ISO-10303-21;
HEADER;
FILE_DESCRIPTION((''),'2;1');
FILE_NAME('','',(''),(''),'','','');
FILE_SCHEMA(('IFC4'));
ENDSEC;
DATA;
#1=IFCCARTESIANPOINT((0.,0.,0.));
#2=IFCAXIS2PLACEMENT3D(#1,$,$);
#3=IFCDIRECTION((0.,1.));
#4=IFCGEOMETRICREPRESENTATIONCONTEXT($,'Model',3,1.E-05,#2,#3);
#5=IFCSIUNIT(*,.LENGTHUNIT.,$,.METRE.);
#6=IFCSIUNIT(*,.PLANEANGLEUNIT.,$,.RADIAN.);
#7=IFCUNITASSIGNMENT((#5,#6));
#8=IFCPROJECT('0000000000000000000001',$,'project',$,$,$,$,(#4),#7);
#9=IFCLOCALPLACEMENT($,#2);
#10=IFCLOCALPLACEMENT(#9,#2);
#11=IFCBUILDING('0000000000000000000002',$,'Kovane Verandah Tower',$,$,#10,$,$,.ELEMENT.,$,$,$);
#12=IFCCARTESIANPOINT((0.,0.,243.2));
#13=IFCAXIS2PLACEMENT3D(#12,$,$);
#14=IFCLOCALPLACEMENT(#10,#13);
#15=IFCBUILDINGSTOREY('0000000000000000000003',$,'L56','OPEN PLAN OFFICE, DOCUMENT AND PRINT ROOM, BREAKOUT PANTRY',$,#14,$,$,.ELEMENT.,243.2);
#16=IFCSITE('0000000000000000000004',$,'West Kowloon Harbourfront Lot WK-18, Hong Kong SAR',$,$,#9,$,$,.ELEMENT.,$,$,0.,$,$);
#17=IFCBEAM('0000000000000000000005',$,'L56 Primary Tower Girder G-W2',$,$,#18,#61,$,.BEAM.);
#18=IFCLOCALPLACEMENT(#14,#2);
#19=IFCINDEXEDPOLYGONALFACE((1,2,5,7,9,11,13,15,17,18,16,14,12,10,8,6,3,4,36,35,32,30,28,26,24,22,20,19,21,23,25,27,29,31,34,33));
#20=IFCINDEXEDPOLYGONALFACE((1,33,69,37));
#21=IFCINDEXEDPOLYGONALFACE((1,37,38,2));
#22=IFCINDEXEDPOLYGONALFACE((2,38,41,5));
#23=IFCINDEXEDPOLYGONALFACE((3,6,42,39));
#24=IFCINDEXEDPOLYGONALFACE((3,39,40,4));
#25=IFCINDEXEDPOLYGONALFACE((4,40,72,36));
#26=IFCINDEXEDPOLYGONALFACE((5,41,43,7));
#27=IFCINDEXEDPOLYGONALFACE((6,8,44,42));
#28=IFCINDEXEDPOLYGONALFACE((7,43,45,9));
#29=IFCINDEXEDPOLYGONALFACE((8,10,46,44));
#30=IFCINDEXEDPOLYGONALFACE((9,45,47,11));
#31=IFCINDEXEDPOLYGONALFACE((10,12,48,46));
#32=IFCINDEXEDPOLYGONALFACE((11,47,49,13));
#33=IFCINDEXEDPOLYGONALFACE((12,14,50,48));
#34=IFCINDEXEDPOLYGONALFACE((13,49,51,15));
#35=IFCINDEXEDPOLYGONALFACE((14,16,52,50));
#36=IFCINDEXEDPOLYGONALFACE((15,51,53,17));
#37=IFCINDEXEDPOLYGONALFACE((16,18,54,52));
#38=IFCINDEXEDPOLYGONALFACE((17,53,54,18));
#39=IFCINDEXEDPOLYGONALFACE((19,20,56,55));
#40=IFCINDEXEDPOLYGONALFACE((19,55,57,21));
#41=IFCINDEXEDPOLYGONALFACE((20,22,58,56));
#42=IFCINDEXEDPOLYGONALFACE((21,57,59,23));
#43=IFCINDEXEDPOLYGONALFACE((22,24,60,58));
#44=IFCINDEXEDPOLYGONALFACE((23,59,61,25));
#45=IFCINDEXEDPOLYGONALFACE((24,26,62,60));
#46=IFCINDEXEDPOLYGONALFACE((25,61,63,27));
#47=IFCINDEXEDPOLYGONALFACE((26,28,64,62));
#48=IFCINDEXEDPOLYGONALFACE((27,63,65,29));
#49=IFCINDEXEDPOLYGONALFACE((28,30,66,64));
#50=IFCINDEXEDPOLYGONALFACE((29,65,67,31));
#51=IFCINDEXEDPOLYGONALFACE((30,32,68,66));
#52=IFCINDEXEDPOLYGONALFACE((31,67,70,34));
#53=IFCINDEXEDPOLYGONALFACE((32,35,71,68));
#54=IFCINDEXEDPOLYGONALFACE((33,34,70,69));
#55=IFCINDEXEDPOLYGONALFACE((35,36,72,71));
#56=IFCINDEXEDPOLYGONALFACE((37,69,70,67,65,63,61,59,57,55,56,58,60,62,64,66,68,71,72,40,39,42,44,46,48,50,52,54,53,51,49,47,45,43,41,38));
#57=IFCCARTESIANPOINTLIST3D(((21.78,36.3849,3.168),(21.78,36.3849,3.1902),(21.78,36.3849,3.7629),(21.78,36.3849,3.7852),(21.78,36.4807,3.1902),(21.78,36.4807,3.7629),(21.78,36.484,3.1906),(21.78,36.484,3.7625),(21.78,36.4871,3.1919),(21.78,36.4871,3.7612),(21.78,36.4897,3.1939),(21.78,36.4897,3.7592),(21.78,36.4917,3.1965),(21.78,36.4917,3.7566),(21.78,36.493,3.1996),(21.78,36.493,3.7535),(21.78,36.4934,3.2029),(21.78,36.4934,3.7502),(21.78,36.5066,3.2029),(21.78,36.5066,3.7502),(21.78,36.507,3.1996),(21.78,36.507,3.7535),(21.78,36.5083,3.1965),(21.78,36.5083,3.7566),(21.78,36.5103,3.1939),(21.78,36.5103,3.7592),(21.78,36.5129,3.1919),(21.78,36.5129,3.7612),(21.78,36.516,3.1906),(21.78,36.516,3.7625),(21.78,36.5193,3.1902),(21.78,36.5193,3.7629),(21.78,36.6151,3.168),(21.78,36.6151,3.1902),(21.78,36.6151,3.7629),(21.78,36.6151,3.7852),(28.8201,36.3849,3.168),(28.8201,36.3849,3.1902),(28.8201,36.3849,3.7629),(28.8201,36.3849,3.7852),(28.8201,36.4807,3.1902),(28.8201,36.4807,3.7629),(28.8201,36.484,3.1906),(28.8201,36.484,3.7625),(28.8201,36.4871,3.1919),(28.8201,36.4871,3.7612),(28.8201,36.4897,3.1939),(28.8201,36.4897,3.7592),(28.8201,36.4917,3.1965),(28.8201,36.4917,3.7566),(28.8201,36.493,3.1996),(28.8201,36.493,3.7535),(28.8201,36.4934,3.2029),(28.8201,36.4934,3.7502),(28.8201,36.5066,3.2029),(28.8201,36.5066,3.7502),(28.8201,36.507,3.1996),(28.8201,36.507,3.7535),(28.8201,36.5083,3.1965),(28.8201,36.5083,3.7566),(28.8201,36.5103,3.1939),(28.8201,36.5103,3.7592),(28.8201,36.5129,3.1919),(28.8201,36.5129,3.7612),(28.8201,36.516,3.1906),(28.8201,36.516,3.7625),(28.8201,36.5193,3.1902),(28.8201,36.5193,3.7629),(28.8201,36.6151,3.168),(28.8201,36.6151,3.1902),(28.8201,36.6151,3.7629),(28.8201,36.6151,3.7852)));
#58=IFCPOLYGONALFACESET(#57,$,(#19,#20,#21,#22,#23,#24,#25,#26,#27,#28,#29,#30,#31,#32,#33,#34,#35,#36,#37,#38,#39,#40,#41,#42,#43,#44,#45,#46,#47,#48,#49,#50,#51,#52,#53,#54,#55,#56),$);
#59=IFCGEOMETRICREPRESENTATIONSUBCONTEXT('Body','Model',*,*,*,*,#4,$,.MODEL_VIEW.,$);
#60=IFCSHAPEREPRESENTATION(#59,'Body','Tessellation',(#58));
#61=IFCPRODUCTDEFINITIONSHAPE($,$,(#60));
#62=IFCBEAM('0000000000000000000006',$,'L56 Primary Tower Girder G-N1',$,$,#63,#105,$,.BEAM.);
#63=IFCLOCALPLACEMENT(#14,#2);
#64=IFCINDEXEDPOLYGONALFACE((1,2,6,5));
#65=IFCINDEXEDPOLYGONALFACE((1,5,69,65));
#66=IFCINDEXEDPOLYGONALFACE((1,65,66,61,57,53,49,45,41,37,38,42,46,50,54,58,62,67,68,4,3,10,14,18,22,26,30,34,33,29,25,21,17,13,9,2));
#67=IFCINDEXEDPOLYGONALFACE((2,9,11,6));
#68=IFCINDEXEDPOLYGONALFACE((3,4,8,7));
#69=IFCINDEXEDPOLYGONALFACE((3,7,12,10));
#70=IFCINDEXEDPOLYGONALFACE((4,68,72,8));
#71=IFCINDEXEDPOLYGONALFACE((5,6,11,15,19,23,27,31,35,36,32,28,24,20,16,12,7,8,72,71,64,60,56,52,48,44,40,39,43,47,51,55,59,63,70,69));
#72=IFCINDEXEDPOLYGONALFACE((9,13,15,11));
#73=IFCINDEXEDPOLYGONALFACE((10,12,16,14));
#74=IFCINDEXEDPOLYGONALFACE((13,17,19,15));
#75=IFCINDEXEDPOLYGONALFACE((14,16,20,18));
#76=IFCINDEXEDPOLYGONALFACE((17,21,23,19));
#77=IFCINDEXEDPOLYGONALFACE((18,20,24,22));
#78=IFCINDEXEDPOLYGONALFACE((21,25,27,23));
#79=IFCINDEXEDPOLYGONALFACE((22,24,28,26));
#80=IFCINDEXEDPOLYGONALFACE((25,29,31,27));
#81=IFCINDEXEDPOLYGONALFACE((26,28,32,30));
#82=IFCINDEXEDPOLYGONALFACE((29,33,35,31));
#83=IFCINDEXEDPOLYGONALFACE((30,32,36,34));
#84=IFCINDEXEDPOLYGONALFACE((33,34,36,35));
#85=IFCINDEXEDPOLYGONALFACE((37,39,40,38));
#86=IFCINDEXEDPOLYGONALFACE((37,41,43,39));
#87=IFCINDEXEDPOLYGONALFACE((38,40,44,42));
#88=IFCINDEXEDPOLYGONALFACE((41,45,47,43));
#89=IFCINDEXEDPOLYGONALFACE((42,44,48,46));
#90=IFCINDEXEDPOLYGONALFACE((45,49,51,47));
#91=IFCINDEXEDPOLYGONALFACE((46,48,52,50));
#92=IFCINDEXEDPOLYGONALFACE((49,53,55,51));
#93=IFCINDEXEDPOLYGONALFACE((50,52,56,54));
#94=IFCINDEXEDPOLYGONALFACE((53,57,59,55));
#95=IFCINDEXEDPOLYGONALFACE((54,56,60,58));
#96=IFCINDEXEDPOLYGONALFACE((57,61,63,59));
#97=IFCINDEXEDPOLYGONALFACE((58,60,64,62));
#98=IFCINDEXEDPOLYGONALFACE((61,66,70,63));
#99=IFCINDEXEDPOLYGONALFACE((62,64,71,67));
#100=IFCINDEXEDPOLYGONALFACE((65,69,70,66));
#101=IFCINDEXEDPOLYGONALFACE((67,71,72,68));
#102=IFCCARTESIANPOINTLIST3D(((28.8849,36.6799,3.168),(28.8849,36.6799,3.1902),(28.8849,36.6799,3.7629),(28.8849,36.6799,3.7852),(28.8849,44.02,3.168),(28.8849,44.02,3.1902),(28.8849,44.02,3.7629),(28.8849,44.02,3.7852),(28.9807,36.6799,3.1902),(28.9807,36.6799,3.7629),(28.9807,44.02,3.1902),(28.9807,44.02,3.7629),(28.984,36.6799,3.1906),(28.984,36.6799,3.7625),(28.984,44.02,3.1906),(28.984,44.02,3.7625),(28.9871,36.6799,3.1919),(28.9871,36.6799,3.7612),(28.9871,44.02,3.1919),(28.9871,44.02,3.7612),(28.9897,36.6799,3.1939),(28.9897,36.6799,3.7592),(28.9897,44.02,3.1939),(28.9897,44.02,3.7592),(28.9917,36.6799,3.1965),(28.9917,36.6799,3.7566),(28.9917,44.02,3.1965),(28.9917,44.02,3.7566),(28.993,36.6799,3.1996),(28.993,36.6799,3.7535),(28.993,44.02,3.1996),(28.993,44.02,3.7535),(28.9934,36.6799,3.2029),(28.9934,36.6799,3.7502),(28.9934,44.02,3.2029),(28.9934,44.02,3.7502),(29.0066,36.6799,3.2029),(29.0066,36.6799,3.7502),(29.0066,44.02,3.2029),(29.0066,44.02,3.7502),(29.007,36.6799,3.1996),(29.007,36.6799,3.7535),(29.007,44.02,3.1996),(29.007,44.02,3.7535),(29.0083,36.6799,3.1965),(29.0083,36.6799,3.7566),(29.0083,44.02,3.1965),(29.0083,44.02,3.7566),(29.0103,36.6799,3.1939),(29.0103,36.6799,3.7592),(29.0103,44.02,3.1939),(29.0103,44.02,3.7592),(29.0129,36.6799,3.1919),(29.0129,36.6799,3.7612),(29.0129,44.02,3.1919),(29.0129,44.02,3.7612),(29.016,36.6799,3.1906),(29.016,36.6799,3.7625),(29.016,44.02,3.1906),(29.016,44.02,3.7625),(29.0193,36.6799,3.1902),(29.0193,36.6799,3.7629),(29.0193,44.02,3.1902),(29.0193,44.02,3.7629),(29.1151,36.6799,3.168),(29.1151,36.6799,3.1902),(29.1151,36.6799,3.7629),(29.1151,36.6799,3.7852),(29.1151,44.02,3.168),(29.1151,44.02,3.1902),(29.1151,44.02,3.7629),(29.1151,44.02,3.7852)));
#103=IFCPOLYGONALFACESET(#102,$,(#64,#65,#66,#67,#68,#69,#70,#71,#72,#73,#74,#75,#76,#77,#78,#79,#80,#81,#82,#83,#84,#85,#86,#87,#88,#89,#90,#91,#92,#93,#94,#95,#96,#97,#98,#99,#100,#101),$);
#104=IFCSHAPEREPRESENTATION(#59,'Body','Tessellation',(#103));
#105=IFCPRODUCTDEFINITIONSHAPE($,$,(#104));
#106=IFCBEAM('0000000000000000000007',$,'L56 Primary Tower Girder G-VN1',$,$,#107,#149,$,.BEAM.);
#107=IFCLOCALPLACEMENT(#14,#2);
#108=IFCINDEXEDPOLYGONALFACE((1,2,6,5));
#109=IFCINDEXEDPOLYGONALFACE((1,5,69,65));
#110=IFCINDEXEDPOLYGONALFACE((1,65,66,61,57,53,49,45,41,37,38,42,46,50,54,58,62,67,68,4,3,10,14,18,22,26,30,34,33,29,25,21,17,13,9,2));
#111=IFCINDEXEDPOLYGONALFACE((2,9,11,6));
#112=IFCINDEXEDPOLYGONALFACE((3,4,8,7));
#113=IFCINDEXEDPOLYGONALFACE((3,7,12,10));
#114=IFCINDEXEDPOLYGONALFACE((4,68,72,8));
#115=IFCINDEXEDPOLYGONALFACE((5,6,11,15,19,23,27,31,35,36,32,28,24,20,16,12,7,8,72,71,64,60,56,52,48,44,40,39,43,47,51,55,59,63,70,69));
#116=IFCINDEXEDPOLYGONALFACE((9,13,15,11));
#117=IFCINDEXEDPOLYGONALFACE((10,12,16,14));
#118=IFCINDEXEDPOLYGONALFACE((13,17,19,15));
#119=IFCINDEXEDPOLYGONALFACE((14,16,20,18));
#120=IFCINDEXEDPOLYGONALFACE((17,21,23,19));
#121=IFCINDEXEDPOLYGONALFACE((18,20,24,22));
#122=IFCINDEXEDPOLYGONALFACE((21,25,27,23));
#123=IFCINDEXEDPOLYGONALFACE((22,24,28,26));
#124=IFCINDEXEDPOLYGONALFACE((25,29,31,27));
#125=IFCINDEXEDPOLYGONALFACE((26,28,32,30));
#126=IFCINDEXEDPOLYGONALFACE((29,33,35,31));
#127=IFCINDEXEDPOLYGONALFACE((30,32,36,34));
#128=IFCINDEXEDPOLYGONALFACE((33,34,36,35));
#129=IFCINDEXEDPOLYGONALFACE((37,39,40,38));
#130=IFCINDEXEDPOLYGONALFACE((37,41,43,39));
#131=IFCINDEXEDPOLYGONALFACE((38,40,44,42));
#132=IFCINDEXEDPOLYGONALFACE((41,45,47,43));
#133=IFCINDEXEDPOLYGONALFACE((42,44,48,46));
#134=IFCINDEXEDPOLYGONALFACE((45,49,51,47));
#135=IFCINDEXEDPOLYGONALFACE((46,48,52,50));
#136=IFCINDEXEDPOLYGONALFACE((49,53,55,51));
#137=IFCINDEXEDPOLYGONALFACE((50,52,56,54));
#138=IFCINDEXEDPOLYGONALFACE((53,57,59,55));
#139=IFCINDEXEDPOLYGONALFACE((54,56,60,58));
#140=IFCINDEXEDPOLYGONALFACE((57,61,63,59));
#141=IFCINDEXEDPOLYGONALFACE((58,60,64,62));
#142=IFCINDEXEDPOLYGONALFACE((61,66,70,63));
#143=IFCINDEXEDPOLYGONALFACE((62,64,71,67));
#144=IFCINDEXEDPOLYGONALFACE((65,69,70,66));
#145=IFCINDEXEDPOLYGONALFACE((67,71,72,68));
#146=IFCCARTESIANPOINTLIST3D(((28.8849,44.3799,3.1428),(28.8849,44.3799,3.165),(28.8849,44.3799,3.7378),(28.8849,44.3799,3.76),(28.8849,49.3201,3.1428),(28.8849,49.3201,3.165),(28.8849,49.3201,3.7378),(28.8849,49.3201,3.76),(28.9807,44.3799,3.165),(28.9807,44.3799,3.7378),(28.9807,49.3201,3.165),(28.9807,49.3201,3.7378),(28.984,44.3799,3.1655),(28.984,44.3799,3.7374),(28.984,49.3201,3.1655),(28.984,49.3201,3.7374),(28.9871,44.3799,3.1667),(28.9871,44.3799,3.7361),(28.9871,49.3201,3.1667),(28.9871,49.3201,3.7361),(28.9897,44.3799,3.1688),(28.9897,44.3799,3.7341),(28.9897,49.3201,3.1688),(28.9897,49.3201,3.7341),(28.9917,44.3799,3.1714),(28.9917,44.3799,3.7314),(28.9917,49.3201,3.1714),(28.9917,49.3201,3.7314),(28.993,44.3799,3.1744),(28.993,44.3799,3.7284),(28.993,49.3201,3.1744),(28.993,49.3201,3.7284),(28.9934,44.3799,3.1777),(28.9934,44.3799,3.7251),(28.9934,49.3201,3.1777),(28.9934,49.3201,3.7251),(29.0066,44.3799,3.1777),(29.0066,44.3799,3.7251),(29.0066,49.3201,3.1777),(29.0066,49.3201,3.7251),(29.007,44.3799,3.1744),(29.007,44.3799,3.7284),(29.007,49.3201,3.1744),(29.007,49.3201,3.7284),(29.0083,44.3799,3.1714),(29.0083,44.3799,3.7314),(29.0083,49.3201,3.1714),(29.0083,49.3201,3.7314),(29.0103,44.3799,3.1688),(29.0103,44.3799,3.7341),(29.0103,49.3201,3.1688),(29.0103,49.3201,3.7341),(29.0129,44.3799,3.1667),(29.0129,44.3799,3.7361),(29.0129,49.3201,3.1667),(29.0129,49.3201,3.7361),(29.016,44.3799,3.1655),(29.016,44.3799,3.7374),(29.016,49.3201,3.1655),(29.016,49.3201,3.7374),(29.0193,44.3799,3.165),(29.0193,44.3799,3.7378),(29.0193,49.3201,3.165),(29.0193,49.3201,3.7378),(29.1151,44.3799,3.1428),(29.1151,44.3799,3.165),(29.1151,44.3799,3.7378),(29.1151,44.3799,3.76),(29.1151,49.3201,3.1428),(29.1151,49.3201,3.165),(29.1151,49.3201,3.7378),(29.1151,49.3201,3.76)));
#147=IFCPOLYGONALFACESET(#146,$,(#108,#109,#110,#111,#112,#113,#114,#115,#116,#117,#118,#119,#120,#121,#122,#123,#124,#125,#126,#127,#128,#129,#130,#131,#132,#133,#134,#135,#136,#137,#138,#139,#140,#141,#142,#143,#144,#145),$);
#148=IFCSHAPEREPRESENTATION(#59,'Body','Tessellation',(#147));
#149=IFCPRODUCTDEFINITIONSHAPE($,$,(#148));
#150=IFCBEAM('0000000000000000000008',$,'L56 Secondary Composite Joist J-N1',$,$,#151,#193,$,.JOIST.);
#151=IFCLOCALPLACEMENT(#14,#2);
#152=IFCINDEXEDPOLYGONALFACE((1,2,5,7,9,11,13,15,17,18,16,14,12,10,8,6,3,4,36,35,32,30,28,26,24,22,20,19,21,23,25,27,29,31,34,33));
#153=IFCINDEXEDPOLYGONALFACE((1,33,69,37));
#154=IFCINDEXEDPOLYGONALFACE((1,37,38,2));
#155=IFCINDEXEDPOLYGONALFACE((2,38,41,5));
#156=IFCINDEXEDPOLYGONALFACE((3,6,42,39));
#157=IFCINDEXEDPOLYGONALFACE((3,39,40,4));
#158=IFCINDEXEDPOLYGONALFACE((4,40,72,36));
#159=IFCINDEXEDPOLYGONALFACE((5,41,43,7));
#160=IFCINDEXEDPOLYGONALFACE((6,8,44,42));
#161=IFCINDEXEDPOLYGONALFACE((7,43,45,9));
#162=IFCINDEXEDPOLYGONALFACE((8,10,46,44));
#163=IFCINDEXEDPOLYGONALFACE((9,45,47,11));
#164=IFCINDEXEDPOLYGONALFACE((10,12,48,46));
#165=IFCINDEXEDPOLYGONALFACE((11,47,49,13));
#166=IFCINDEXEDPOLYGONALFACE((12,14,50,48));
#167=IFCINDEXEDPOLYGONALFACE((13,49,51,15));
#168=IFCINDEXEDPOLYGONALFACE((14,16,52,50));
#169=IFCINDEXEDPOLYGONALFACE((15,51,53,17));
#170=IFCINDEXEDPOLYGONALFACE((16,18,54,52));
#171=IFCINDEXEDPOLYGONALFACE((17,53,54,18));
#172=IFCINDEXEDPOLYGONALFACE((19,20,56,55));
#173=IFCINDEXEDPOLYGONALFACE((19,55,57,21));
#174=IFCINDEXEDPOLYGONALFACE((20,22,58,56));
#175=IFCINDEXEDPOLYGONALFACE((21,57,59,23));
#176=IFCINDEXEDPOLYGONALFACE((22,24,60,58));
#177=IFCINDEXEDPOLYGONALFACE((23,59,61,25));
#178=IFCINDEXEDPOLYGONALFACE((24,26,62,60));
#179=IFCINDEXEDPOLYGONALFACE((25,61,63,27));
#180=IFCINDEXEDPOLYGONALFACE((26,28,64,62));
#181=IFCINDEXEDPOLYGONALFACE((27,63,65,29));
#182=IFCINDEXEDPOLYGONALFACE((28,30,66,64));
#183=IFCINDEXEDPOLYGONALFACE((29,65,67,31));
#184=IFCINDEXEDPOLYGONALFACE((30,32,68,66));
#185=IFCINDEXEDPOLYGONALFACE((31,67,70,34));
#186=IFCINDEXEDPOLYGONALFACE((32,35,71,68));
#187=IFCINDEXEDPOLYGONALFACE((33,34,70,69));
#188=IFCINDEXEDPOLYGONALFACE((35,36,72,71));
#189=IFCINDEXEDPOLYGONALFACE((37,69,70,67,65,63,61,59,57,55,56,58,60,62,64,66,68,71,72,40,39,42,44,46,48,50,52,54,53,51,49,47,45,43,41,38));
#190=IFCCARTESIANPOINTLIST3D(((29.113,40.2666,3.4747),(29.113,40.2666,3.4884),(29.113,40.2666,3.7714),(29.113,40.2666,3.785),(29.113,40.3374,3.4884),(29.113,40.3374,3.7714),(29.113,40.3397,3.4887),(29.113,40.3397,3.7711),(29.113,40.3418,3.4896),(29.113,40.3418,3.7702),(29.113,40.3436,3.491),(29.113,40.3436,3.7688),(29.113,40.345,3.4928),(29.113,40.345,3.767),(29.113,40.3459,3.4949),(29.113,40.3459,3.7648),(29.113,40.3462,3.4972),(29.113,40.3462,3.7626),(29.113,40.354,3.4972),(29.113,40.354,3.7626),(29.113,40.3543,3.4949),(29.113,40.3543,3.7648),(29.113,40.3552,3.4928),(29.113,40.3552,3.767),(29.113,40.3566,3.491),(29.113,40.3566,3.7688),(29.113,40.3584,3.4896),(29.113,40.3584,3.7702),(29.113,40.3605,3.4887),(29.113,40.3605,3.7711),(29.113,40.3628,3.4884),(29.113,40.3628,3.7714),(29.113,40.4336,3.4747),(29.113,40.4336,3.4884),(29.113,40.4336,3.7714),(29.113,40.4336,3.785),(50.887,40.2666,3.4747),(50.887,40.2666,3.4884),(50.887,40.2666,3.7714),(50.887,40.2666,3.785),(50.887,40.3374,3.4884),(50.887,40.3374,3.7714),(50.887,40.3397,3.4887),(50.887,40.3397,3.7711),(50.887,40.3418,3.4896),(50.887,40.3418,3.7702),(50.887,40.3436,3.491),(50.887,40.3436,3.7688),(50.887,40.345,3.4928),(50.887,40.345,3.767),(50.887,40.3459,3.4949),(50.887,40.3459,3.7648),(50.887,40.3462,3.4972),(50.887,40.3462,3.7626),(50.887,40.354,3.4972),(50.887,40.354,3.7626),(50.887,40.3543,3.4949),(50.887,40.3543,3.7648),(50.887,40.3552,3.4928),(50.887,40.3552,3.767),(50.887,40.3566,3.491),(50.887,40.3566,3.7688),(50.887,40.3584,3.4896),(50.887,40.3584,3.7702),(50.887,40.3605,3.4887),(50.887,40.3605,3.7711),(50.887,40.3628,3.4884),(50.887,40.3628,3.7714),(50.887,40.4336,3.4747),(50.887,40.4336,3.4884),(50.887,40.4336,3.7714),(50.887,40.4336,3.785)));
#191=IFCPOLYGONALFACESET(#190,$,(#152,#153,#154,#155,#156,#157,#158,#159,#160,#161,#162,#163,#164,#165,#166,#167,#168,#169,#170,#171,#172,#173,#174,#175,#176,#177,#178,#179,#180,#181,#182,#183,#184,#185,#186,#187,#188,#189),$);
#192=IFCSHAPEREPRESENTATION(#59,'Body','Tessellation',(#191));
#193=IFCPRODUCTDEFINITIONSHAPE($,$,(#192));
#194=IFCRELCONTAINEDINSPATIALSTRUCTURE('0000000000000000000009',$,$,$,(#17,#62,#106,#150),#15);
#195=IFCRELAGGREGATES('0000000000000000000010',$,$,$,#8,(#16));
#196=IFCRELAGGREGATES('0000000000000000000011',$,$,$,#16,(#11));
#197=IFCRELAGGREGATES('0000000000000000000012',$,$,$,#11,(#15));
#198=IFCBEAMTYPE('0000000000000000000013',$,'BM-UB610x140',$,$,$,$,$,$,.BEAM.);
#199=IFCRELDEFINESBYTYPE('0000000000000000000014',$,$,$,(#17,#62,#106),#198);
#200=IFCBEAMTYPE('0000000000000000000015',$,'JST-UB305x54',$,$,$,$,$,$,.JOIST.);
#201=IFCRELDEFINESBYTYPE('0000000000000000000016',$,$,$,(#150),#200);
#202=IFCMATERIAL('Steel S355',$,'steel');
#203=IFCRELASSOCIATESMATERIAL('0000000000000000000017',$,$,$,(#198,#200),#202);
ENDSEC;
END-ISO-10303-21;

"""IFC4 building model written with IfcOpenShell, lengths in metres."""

from ifc_helpers import new_model, si_unit, direction, frame, origin, origin_2d, place, context, subcontext, project, spatial, i_section, extrude, material, material_profile, profile_set, type_object, element, save


model = new_model("IFC4")

# Units and contexts
model_context = context("Model", 3, precision=1e-05, world=origin(), true_north=direction((0.0, 1.0)))
body_context = subcontext(model_context, "Body", "Model", "MODEL_VIEW")
ifc_project = project(units=[si_unit("LENGTHUNIT", "METRE"), si_unit("PLANEANGLEUNIT", "RADIAN")], contexts=[model_context])

# Site, building, storey
site_placement = place(None, origin())
site = spatial("IfcSite", under=ifc_project, at=site_placement, Name="West Kowloon Harbourfront Lot WK-18, Hong Kong SAR", CompositionType="ELEMENT", RefElevation=0.0)
building_placement = place(site_placement, origin())
building = spatial("IfcBuilding", under=site, at=building_placement, Name="Kovane Verandah Tower", CompositionType="ELEMENT")
storey_placement = place(building_placement, frame((0.0, 0.0, 243.2)))
storey = spatial("IfcBuildingStorey", under=building, at=storey_placement, Name="L56", Description="OPEN PLAN OFFICE, DOCUMENT AND PRINT ROOM, BREAKOUT PANTRY", CompositionType="ELEMENT", Elevation=243.2)

# Beams
ifc_material_1 = material(Name="Steel S355", Category="steel")
ifc_material_profile_1 = material_profile(ifc_material_1, i_section(OverallWidth=0.2302, OverallDepth=0.6172, WebThickness=0.0132, FlangeThickness=0.0222, FilletRadius=0.0127, at=origin_2d()), Name="UB610x229x140")
ifc_profile_set_1 = profile_set([ifc_material_profile_1], Name="Steel S355")
beam_type_1 = type_object("IfcBeamType", Name="BM-UB610x140", PredefinedType="BEAM", material=ifc_profile_set_1)
for number, where, z_axis, x_axis, name in (
    (1, (28.8201, 36.5, 3.4766), (-1.0, 0.0, 0.0), (0.0, -1.0, 0.0), "L56 Primary Tower Girder G-W2"),
):
    element("IfcBeam", number, at=place(storey_placement, frame(where, z_axis=z_axis, x_axis=x_axis)), inside=storey, type_object=beam_type_1, Name=name, PredefinedType="BEAM", context=body_context, shape_type="SweptSolid", body=[
        extrude(i_section(OverallWidth=0.2302, OverallDepth=0.6172, WebThickness=0.0132, FlangeThickness=0.0222, FilletRadius=0.0127, at=origin_2d()), origin(), (0.0, 0.0, 1.0), 7.04),
    ])
beam_1_placement = place(storey_placement, frame((29.0, 36.6799, 3.4766), z_axis=(0.0, 1.0, 0.0), x_axis=(-1.0, 0.0, 0.0)))
element("IfcBeam", 2, at=beam_1_placement, inside=storey, type_object=beam_type_1, Name="L56 Primary Tower Girder G-N1", PredefinedType="BEAM", context=body_context, shape_type="SweptSolid", body=[
    extrude(i_section(OverallWidth=0.2302, OverallDepth=0.6172, WebThickness=0.0132, FlangeThickness=0.0222, FilletRadius=0.0127, at=origin_2d()), origin(), (0.0, 0.0, 1.0), 7.3401),
])
beam_2_placement = place(storey_placement, frame((29.0, 44.3799, 3.4514), z_axis=(0.0, 1.0, 0.0), x_axis=(-1.0, 0.0, 0.0)))
element("IfcBeam", 3, at=beam_2_placement, inside=storey, type_object=beam_type_1, Name="L56 Primary Tower Girder G-VN1", PredefinedType="BEAM", context=body_context, shape_type="SweptSolid", body=[
    extrude(i_section(OverallWidth=0.2302, OverallDepth=0.6172, WebThickness=0.0132, FlangeThickness=0.0222, FilletRadius=0.0127, at=origin_2d()), origin(), (0.0, 0.0, 1.0), 4.9402),
])
ifc_material_profile_2 = material_profile(ifc_material_1, i_section(OverallWidth=0.167, OverallDepth=0.3103, WebThickness=0.0078, FlangeThickness=0.0137, FilletRadius=0.0088, at=origin_2d()), Name="UB305x165x54")
ifc_profile_set_2 = profile_set([ifc_material_profile_2], Name="Steel S355")
beam_type_2 = type_object("IfcBeamType", Name="JST-UB305x54", PredefinedType="JOIST", material=ifc_profile_set_2)
beam_3_placement = place(storey_placement, frame((29.113, 40.3501, 3.6299), z_axis=(1.0, 0.0, 0.0), x_axis=(0.0, 1.0, 0.0)))
element("IfcBeam", 4, at=beam_3_placement, inside=storey, type_object=beam_type_2, Name="L56 Secondary Composite Joist J-N1", PredefinedType="JOIST", context=body_context, shape_type="SweptSolid", body=[
    extrude(i_section(OverallWidth=0.167, OverallDepth=0.3103, WebThickness=0.0078, FlangeThickness=0.0137, FilletRadius=0.0088, at=origin_2d()), origin(), (0.0, 0.0, 1.0), 21.7739),
])

save(model, "model.ifc")
